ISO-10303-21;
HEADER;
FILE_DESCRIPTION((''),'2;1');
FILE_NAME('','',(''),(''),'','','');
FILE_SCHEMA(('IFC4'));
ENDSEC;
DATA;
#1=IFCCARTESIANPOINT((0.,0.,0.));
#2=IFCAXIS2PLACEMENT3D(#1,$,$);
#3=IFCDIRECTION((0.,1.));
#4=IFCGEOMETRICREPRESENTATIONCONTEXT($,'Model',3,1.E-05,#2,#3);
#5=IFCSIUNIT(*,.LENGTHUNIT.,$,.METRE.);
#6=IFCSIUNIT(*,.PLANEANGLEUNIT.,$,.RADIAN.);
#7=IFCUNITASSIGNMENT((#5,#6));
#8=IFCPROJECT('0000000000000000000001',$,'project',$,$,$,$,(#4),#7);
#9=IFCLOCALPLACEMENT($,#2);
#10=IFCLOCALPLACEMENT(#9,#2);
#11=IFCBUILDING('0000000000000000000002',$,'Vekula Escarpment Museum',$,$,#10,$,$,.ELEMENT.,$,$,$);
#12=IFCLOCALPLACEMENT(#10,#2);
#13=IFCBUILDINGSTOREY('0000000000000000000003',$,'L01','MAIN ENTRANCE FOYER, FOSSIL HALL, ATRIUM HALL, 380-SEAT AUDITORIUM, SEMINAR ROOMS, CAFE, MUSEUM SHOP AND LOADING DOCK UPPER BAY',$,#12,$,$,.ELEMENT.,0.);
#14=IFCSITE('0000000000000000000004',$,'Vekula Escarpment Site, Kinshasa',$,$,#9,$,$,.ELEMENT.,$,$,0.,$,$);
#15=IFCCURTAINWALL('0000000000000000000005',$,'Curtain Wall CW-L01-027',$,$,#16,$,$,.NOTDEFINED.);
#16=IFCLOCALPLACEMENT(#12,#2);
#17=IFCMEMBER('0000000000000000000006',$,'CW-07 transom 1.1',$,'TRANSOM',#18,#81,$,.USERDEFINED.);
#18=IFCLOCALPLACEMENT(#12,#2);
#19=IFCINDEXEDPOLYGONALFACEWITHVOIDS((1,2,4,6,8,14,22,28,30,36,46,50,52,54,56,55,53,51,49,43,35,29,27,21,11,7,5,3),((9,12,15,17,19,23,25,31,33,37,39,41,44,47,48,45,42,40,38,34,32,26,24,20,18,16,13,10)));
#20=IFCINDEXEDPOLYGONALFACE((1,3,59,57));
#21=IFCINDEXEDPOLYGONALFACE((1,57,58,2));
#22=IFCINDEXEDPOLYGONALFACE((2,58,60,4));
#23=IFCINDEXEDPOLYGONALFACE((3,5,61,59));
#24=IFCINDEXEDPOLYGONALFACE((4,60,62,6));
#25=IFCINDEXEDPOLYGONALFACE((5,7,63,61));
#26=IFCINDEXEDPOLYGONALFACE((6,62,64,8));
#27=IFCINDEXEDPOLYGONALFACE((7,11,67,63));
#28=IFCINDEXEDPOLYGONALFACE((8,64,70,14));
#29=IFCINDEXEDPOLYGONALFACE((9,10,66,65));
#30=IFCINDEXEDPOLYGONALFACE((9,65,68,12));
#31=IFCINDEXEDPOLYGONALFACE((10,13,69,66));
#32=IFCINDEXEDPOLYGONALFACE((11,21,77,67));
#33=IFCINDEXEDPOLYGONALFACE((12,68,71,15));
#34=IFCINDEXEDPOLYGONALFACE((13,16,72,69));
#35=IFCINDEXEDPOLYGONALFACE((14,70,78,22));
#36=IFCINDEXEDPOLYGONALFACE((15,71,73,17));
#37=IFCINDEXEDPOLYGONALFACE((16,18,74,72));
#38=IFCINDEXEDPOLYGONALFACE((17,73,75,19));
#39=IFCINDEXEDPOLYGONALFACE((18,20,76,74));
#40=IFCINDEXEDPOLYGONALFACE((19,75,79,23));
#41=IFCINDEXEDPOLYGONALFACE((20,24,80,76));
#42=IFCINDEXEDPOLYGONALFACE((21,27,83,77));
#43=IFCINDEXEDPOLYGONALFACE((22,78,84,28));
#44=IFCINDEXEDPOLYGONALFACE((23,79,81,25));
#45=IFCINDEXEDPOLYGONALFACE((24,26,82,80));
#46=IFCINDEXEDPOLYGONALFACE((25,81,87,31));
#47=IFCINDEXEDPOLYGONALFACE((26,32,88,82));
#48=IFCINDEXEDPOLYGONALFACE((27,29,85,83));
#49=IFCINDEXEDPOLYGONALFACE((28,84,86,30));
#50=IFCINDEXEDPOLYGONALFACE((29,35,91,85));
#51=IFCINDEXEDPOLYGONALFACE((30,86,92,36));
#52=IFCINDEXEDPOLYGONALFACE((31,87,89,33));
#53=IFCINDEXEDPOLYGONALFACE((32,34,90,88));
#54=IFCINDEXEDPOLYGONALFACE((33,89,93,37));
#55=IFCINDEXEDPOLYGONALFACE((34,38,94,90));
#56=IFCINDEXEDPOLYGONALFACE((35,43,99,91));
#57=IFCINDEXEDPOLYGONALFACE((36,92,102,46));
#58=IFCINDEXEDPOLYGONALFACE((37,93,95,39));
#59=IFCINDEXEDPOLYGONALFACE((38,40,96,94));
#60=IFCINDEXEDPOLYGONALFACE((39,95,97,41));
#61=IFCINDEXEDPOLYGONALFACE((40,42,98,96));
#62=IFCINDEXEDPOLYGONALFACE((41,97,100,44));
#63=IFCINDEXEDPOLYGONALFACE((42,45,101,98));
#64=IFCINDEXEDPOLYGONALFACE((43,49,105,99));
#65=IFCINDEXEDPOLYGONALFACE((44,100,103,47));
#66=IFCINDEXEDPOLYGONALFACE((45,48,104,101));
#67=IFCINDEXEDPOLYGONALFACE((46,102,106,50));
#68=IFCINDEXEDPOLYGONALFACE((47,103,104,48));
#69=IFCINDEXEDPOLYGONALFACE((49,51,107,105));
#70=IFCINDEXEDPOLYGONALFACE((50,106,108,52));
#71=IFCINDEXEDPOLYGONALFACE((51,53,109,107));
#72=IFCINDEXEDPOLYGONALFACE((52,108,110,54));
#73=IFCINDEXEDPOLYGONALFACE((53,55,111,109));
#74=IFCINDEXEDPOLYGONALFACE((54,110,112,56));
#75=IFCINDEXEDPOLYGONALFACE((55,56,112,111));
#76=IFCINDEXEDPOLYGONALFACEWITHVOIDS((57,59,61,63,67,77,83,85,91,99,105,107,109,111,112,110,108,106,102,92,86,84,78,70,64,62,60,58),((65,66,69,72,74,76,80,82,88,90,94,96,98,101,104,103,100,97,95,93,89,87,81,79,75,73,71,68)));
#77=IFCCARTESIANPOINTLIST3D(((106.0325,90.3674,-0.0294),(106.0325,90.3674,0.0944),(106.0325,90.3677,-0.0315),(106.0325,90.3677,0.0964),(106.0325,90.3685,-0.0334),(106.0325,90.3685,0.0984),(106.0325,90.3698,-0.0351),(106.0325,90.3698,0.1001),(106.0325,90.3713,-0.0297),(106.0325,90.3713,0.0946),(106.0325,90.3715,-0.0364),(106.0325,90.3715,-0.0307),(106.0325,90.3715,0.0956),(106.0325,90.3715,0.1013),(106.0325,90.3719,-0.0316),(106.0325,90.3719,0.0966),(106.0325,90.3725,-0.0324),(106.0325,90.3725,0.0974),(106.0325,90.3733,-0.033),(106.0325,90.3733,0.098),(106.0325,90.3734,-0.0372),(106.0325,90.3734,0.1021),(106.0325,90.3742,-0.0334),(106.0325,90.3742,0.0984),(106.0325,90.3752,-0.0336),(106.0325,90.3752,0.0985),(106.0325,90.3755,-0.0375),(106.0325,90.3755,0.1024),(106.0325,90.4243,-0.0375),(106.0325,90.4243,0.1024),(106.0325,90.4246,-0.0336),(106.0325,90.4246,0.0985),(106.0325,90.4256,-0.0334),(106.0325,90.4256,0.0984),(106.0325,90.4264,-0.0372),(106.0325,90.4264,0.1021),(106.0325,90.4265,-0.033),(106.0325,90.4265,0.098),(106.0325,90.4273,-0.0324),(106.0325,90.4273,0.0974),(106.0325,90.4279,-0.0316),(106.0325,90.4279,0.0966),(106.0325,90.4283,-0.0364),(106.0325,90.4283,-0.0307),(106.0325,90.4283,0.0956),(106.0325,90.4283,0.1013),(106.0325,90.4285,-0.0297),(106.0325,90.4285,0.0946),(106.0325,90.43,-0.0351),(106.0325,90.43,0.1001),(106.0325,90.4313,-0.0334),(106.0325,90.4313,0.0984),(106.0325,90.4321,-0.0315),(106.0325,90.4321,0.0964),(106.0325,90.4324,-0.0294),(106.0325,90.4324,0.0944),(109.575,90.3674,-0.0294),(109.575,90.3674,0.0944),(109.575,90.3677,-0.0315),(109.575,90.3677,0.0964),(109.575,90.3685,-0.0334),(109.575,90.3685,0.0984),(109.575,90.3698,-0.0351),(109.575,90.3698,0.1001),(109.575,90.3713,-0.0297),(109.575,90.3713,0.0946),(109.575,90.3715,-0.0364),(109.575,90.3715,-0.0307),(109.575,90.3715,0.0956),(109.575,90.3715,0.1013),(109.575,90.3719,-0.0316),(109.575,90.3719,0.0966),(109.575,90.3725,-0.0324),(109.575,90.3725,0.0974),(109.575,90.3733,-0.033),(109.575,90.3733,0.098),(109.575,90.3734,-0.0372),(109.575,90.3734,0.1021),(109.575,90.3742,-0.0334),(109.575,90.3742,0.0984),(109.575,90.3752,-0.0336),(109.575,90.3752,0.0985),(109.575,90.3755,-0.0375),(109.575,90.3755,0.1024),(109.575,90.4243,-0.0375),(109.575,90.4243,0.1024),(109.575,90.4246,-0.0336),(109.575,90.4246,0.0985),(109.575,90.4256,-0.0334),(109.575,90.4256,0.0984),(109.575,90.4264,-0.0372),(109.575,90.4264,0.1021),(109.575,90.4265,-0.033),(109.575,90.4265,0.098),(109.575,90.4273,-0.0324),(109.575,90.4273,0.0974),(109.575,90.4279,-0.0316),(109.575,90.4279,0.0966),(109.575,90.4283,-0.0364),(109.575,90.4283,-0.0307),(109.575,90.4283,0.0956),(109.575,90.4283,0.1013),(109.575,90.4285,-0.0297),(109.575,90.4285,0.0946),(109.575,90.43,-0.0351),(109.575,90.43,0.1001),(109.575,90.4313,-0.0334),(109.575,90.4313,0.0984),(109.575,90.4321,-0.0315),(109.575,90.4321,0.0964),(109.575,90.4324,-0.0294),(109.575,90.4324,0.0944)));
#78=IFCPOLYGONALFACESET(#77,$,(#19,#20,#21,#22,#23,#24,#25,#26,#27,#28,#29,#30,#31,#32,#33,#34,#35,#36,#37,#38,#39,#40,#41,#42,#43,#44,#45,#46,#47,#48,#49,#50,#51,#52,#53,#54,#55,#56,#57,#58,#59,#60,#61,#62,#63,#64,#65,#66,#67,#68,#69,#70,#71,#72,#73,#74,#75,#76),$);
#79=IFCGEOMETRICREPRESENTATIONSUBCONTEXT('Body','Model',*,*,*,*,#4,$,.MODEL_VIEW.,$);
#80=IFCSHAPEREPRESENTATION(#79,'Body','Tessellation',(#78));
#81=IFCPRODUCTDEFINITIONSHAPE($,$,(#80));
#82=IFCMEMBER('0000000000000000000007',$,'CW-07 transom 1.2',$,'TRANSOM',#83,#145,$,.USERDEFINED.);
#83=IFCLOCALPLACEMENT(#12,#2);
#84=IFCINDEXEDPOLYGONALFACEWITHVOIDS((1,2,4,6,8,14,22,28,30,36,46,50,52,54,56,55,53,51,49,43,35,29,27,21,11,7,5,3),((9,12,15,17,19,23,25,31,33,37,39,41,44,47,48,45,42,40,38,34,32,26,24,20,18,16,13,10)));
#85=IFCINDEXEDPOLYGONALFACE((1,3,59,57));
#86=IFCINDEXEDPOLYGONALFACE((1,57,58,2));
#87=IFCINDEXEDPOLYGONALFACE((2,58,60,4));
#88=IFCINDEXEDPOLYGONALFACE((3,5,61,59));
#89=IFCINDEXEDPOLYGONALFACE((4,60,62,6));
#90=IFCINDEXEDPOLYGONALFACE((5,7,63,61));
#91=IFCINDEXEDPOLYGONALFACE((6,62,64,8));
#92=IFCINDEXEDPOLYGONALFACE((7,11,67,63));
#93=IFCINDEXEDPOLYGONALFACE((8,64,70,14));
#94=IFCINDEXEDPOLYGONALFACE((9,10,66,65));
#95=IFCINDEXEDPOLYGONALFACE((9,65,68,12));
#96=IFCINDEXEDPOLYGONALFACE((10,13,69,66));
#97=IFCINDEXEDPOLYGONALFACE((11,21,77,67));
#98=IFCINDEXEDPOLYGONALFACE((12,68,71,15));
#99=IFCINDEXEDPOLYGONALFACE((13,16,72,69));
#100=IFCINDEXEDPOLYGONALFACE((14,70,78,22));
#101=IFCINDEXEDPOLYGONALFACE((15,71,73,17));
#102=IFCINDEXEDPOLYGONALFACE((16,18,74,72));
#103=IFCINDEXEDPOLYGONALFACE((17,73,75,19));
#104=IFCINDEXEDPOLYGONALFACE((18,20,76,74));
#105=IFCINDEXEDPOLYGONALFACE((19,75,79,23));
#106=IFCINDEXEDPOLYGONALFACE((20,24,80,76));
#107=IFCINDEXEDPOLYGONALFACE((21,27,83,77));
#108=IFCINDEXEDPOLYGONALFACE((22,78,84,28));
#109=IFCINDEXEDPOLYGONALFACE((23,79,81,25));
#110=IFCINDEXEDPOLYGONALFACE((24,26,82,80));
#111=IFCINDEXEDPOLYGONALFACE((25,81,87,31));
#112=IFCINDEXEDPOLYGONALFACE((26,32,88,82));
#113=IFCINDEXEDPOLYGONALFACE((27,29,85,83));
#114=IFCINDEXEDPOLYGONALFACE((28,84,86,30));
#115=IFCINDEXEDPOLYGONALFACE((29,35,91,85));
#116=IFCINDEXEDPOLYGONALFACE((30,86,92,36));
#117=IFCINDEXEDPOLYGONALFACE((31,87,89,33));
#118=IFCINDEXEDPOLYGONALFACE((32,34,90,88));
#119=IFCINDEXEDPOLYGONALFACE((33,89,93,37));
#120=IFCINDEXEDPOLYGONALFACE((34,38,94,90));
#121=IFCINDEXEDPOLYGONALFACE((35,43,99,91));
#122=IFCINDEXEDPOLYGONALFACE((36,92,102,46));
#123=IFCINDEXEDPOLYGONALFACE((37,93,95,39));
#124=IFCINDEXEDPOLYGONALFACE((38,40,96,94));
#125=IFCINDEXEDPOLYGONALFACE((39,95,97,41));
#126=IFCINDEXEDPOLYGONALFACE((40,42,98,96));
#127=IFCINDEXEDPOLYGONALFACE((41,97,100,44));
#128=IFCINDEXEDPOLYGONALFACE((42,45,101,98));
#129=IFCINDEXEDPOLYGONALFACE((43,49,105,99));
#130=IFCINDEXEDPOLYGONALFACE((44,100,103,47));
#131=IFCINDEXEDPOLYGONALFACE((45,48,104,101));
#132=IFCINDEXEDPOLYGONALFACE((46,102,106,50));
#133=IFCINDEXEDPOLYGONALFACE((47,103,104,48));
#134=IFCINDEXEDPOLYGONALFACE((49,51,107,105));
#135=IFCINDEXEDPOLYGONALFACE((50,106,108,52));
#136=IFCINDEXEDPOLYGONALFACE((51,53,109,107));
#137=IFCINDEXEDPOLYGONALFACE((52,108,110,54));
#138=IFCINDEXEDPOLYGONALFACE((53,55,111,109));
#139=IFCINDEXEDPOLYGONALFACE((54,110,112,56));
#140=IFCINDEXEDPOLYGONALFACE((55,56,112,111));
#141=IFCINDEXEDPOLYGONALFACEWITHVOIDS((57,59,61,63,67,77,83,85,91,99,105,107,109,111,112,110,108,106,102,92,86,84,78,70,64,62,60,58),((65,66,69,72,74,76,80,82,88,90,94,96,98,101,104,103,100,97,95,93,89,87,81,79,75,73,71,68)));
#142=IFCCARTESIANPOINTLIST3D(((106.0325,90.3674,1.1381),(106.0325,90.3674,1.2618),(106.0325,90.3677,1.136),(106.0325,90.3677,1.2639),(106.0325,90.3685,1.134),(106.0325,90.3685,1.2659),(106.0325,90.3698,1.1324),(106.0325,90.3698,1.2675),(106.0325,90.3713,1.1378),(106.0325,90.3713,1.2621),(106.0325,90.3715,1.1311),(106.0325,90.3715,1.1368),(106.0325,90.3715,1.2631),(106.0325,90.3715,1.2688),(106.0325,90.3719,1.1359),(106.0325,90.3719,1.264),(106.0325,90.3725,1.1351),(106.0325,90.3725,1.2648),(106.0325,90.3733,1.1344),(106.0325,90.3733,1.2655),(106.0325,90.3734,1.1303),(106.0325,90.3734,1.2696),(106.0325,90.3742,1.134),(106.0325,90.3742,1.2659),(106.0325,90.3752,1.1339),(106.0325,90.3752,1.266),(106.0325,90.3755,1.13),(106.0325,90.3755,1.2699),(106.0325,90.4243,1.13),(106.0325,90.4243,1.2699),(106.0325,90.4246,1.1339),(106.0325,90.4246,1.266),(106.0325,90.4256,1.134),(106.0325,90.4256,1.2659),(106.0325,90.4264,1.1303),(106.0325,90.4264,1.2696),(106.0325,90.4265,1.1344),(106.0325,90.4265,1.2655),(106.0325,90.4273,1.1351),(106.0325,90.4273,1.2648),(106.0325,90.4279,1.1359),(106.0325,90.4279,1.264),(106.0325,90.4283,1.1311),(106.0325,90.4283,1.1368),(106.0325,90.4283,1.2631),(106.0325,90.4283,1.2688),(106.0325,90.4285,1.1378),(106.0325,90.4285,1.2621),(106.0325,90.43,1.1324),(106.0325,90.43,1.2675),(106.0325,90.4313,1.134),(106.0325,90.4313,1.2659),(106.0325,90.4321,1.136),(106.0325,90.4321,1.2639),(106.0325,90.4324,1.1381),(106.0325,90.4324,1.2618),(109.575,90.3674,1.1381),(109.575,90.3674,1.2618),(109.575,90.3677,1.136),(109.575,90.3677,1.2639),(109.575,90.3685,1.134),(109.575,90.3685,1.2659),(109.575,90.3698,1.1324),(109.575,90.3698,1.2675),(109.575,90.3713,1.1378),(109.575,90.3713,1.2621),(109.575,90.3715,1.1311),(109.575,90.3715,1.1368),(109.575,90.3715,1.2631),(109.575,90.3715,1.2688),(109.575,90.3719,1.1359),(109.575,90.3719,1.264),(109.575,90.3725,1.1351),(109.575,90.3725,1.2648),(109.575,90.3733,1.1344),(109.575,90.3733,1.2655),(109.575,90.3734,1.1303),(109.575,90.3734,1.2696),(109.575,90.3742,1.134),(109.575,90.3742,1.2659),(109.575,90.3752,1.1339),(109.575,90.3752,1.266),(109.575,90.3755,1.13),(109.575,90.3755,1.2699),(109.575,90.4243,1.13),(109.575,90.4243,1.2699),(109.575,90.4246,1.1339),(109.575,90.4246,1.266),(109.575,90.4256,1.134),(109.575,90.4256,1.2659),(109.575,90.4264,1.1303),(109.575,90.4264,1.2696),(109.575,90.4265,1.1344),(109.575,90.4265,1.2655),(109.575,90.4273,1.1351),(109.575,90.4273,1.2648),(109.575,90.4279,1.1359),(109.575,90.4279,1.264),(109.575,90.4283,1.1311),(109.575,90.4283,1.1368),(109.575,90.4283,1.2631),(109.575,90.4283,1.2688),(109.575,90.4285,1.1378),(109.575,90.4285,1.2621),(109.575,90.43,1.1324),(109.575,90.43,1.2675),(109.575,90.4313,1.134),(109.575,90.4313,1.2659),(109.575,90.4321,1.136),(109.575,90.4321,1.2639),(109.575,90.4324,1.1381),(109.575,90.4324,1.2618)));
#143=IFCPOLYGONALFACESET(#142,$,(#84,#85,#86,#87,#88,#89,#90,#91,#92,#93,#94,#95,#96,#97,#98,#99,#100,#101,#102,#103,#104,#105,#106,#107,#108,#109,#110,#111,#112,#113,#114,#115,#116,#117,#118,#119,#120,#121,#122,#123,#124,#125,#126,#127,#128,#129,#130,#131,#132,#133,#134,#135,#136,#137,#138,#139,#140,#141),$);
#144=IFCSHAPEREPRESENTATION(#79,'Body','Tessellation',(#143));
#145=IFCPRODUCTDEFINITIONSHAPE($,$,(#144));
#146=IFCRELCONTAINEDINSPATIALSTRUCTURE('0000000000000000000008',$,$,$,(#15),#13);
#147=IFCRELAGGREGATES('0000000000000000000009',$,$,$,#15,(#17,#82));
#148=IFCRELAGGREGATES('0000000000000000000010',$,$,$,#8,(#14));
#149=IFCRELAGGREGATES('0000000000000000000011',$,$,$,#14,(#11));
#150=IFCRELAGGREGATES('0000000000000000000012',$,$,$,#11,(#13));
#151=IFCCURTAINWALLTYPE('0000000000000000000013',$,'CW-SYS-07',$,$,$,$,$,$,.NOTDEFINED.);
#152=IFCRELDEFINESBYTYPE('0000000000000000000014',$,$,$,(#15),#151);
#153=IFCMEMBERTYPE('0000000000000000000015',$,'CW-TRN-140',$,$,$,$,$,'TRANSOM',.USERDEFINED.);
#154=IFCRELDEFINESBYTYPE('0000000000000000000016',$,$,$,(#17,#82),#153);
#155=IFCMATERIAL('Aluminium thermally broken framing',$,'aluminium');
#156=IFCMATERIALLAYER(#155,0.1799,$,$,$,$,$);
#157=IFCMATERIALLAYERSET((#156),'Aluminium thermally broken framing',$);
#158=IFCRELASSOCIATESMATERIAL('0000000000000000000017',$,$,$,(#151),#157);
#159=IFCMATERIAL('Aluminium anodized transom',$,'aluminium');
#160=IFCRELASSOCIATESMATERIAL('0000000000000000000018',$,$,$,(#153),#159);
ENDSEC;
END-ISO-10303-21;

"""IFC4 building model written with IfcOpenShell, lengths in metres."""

from ifc_helpers import new_model, si_unit, direction, frame, origin, origin_2d, place, context, subcontext, project, spatial, hollow_rectangle, extrude, material, layer, layer_set, material_profile, profile_set, type_object, element, aggregate, save


model = new_model("IFC4")

# Units and contexts
model_context = context("Model", 3, precision=1e-05, world=origin(), true_north=direction((0.0, 1.0)))
body_context = subcontext(model_context, "Body", "Model", "MODEL_VIEW")
ifc_project = project(units=[si_unit("LENGTHUNIT", "METRE"), si_unit("PLANEANGLEUNIT", "RADIAN")], contexts=[model_context])

# Site, building, storey
site_placement = place(None, origin())
site = spatial("IfcSite", under=ifc_project, at=site_placement, Name="Vekula Escarpment Site, Kinshasa", CompositionType="ELEMENT", RefElevation=0.0)
building_placement = place(site_placement, origin())
building = spatial("IfcBuilding", under=site, at=building_placement, Name="Vekula Escarpment Museum", CompositionType="ELEMENT")
storey_placement = place(building_placement, origin())
storey = spatial("IfcBuildingStorey", under=building, at=storey_placement, Name="L01", Description="MAIN ENTRANCE FOYER, FOSSIL HALL, ATRIUM HALL, 380-SEAT AUDITORIUM, SEMINAR ROOMS, CAFE, MUSEUM SHOP AND LOADING DOCK UPPER BAY", CompositionType="ELEMENT", Elevation=0.0)

# Curtain wall
ifc_material_1 = material(Name="Aluminium thermally broken framing", Category="aluminium")
ifc_layer_1 = layer(ifc_material_1, 0.1799)
ifc_layer_set_1 = layer_set([ifc_layer_1], Name="Aluminium thermally broken framing")
curtain_wall_type_1 = type_object("IfcCurtainWallType", Name="CW-SYS-07", PredefinedType="NOTDEFINED", material=ifc_layer_set_1)
curtain_wall_1_placement = place(storey_placement, origin())
curtain_wall_1 = element("IfcCurtainWall", 1, at=curtain_wall_1_placement, inside=storey, type_object=curtain_wall_type_1, Name="Curtain Wall CW-L01-027", PredefinedType="NOTDEFINED")

# Members
ifc_material_2 = material(Name="Aluminium anodized transom", Category="aluminium")
ifc_material_profile_1 = material_profile(ifc_material_2, hollow_rectangle(XDim=0.0649, YDim=0.1399, WallThickness=0.0039, InnerFilletRadius=0.0039, OuterFilletRadius=0.0081, at=origin_2d()), Name="ALU 140x65x4")
ifc_profile_set_1 = profile_set([ifc_material_profile_1], Name="Aluminium anodized transom")
member_type_1 = type_object("IfcMemberType", Name="CW-TRN-140", ElementType="TRANSOM", PredefinedType="USERDEFINED", material=ifc_profile_set_1)
member_1_placement = place(storey_placement, frame((109.575, 90.3999, 0.0325), z_axis=(-1.0, 0.0, 0.0), x_axis=(0.0, -1.0, 0.0)))
member_1 = element("IfcMember", 2, at=member_1_placement, type_object=member_type_1, Name="CW-07 transom 1.1", ObjectType="TRANSOM", PredefinedType="USERDEFINED", context=body_context, shape_type="SweptSolid", body=[
    extrude(hollow_rectangle(XDim=0.0649, YDim=0.1399, WallThickness=0.0039, InnerFilletRadius=0.0039, OuterFilletRadius=0.0081, at=origin_2d()), origin(), (0.0, 0.0, 1.0), 3.5425),
])
member_2_placement = place(storey_placement, frame((109.575, 90.3999, 1.2), z_axis=(-1.0, 0.0, 0.0), x_axis=(0.0, -1.0, 0.0)))
member_2 = element("IfcMember", 3, at=member_2_placement, type_object=member_type_1, Name="CW-07 transom 1.2", ObjectType="TRANSOM", PredefinedType="USERDEFINED", context=body_context, shape_type="SweptSolid", body=[
    extrude(hollow_rectangle(XDim=0.0649, YDim=0.1399, WallThickness=0.0039, InnerFilletRadius=0.0039, OuterFilletRadius=0.0081, at=origin_2d()), origin(), (0.0, 0.0, 1.0), 3.5425),
])

aggregate(curtain_wall_1, [member_1, member_2])

save(model, "model.ifc")
